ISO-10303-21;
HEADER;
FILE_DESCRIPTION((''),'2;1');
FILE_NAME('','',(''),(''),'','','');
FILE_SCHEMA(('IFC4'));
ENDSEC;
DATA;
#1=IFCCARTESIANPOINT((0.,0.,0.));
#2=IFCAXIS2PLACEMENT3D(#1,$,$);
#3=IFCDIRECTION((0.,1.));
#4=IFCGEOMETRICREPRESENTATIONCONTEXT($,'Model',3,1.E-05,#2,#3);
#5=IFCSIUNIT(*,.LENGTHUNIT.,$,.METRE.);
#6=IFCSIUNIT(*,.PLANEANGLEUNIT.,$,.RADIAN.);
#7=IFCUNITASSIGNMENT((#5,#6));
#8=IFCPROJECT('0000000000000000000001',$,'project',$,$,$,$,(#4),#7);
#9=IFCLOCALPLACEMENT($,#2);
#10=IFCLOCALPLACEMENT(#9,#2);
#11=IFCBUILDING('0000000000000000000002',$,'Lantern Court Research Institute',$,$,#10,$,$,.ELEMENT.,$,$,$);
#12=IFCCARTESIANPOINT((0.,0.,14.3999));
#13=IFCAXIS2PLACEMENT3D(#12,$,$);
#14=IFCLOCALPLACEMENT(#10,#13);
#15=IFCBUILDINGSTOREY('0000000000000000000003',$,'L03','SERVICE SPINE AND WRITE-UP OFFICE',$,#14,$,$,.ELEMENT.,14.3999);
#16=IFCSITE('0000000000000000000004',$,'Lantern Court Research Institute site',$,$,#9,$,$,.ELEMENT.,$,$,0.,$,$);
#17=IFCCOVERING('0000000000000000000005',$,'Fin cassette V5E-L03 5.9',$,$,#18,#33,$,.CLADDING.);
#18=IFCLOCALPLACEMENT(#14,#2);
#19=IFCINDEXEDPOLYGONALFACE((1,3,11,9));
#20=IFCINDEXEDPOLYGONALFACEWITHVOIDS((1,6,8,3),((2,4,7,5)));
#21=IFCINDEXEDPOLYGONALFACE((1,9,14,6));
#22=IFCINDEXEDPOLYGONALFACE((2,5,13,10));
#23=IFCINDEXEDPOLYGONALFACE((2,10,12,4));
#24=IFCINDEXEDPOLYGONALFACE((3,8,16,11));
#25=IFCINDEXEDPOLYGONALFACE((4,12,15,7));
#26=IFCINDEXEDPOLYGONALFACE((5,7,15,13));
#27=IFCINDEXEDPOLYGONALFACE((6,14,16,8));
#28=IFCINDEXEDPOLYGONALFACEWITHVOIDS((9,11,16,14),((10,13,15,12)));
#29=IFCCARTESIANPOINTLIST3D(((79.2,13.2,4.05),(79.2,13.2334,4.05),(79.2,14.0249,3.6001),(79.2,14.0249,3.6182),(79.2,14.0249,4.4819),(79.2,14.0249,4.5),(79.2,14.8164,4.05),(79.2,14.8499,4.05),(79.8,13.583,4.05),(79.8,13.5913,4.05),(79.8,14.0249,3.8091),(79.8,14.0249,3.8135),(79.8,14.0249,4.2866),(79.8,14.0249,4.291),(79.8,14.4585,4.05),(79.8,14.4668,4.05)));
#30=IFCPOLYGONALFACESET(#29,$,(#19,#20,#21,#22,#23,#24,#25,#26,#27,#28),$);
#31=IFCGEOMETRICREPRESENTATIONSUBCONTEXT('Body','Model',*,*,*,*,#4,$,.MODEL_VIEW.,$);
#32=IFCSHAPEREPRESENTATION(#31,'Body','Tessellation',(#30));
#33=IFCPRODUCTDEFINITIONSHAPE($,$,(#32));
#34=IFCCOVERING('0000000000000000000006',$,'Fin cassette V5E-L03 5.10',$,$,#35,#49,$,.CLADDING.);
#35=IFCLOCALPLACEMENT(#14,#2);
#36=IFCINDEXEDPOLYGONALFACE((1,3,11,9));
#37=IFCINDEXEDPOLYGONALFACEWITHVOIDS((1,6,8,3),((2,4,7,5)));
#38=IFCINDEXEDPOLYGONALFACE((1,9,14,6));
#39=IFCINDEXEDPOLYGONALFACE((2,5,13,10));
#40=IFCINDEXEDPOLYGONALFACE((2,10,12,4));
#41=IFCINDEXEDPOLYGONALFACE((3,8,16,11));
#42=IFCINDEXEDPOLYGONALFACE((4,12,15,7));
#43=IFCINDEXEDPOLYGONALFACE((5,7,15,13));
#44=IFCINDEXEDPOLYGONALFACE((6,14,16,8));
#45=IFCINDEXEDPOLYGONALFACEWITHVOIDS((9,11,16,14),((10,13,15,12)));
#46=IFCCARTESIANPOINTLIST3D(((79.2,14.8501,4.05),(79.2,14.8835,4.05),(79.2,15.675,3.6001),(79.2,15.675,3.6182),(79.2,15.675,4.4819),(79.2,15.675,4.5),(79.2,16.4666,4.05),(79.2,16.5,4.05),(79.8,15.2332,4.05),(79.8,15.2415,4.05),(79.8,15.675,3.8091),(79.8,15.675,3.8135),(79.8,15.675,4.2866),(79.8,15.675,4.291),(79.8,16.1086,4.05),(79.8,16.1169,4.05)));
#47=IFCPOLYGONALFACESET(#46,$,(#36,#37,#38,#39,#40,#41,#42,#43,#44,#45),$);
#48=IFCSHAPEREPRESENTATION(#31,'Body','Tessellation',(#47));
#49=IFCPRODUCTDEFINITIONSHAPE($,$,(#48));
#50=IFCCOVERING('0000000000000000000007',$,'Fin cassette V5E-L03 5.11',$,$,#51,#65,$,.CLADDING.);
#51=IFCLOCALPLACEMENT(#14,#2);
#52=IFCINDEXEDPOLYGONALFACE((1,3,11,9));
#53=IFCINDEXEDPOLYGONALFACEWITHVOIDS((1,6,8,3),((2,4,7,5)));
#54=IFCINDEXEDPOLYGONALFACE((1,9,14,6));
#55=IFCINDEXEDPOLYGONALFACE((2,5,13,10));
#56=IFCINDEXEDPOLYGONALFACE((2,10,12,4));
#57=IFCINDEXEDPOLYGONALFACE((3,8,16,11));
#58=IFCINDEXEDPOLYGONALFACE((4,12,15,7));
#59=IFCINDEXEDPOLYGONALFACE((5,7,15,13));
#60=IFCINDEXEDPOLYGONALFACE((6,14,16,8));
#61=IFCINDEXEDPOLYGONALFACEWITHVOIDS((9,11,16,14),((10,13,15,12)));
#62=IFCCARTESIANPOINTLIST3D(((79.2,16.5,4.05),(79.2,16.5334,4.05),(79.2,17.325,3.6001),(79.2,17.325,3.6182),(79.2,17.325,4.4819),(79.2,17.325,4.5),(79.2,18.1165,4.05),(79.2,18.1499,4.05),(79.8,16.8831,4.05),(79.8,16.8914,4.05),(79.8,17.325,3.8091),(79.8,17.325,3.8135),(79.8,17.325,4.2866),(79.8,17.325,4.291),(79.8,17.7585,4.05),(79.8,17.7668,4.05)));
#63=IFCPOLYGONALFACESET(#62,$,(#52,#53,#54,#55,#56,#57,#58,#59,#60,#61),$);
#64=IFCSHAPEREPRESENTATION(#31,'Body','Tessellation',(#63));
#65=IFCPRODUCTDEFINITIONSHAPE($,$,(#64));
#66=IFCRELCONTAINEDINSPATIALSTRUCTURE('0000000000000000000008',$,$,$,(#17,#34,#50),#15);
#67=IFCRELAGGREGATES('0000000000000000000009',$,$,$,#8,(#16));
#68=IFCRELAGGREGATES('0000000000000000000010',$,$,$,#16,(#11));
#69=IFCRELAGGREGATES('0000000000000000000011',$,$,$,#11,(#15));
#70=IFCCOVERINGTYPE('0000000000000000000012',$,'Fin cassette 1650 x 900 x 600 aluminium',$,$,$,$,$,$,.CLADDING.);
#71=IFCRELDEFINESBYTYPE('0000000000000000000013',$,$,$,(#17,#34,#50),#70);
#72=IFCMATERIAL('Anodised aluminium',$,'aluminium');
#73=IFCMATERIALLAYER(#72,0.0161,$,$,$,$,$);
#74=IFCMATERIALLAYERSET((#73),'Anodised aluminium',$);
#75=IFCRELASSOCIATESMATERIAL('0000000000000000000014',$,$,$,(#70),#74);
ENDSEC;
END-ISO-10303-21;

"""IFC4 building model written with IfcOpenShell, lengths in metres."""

from ifc_helpers import new_model, entity, si_unit, direction, frame, origin, place, context, subcontext, project, spatial, material, layer, layer_set, type_object, element, save


model = new_model("IFC4")

# Units and contexts
model_context = context("Model", 3, precision=1e-05, world=origin(), true_north=direction((0.0, 1.0)))
body_context = subcontext(model_context, "Body", "Model", "MODEL_VIEW")
ifc_project = project(units=[si_unit("LENGTHUNIT", "METRE"), si_unit("PLANEANGLEUNIT", "RADIAN")], contexts=[model_context])

# Site, building, storey
site_placement = place(None, origin())
site = spatial("IfcSite", under=ifc_project, at=site_placement, Name="Lantern Court Research Institute site", CompositionType="ELEMENT", RefElevation=0.0)
building_placement = place(site_placement, origin())
building = spatial("IfcBuilding", under=site, at=building_placement, Name="Lantern Court Research Institute", CompositionType="ELEMENT")
storey_placement = place(building_placement, frame((0.0, 0.0, 14.3999)))
storey = spatial("IfcBuildingStorey", under=building, at=storey_placement, Name="L03", Description="SERVICE SPINE AND WRITE-UP OFFICE", CompositionType="ELEMENT", Elevation=14.3999)

# Coverings
ifc_material_1 = material(Name="Anodised aluminium", Category="aluminium")
ifc_layer_1 = layer(ifc_material_1, 0.0161)
ifc_layer_set_1 = layer_set([ifc_layer_1], Name="Anodised aluminium")
covering_type = type_object("IfcCoveringType", Name="Fin cassette 1650 x 900 x 600 aluminium", PredefinedType="CLADDING", material=ifc_layer_set_1)
covering_1_placement = place(storey_placement, frame((79.2, 14.0249, 4.05), z_axis=(1.0, 0.0, 0.0), x_axis=(0.0, 1.0, 0.0)))
cartesian_point_1 = entity("IfcCartesianPoint", [0.825, 0.0])
cartesian_point_2 = entity("IfcCartesianPoint", [0.7915, 0.0])
cartesian_point_3 = entity("IfcCartesianPoint", [0.4419, 0.0])
cartesian_point_4 = entity("IfcCartesianPoint", [0.4336, 0.0])
element("IfcCovering", 1, at=covering_1_placement, inside=storey, type_object=covering_type, Name="Fin cassette V5E-L03 5.9", PredefinedType="CLADDING", context=body_context, shape_type="SweptSolid", body=[
    entity("IfcExtrudedAreaSolidTapered", entity("IfcArbitraryProfileDefWithVoids", "AREA", None, entity("IfcPolyline", [cartesian_point_1, entity("IfcCartesianPoint", [0.0, 0.45]), entity("IfcCartesianPoint", [-0.825, 0.0]), entity("IfcCartesianPoint", [0.0, -0.45]), cartesian_point_1]), [entity("IfcPolyline", [cartesian_point_2, entity("IfcCartesianPoint", [0.0, 0.4319]), entity("IfcCartesianPoint", [-0.7915, 0.0]), entity("IfcCartesianPoint", [0.0, -0.4319]), cartesian_point_2])]), entity("IfcAxis2Placement3D", entity("IfcCartesianPoint", [0.0, 0.0, 0.0])), entity("IfcDirection", [0.0, 0.0, 1.0]), 0.6001, entity("IfcArbitraryProfileDefWithVoids", "AREA", None, entity("IfcPolyline", [cartesian_point_3, entity("IfcCartesianPoint", [0.0, 0.241]), entity("IfcCartesianPoint", [-0.4419, 0.0]), entity("IfcCartesianPoint", [0.0, -0.241]), cartesian_point_3]), [entity("IfcPolyline", [cartesian_point_4, entity("IfcCartesianPoint", [0.0, 0.2366]), entity("IfcCartesianPoint", [-0.4336, 0.0]), entity("IfcCartesianPoint", [0.0, -0.2366]), cartesian_point_4])])),
])
covering_2_placement = place(storey_placement, frame((79.2, 15.675, 4.05), z_axis=(1.0, 0.0, 0.0), x_axis=(0.0, 1.0, 0.0)))
cartesian_point_5 = entity("IfcCartesianPoint", [0.825, 0.0])
cartesian_point_6 = entity("IfcCartesianPoint", [0.7915, 0.0])
cartesian_point_7 = entity("IfcCartesianPoint", [0.4419, 0.0])
cartesian_point_8 = entity("IfcCartesianPoint", [0.4336, 0.0])
element("IfcCovering", 2, at=covering_2_placement, inside=storey, type_object=covering_type, Name="Fin cassette V5E-L03 5.10", PredefinedType="CLADDING", context=body_context, shape_type="SweptSolid", body=[
    entity("IfcExtrudedAreaSolidTapered", entity("IfcArbitraryProfileDefWithVoids", "AREA", None, entity("IfcPolyline", [cartesian_point_5, entity("IfcCartesianPoint", [0.0, 0.45]), entity("IfcCartesianPoint", [-0.825, 0.0]), entity("IfcCartesianPoint", [0.0, -0.45]), cartesian_point_5]), [entity("IfcPolyline", [cartesian_point_6, entity("IfcCartesianPoint", [0.0, 0.4319]), entity("IfcCartesianPoint", [-0.7915, 0.0]), entity("IfcCartesianPoint", [0.0, -0.4319]), cartesian_point_6])]), entity("IfcAxis2Placement3D", entity("IfcCartesianPoint", [0.0, 0.0, 0.0])), entity("IfcDirection", [0.0, 0.0, 1.0]), 0.6001, entity("IfcArbitraryProfileDefWithVoids", "AREA", None, entity("IfcPolyline", [cartesian_point_7, entity("IfcCartesianPoint", [0.0, 0.241]), entity("IfcCartesianPoint", [-0.4419, 0.0]), entity("IfcCartesianPoint", [0.0, -0.241]), cartesian_point_7]), [entity("IfcPolyline", [cartesian_point_8, entity("IfcCartesianPoint", [0.0, 0.2366]), entity("IfcCartesianPoint", [-0.4336, 0.0]), entity("IfcCartesianPoint", [0.0, -0.2366]), cartesian_point_8])])),
])
covering_3_placement = place(storey_placement, frame((79.2, 17.325, 4.05), z_axis=(1.0, 0.0, 0.0), x_axis=(0.0, 1.0, 0.0)))
cartesian_point_9 = entity("IfcCartesianPoint", [0.825, 0.0])
cartesian_point_10 = entity("IfcCartesianPoint", [0.7915, 0.0])
cartesian_point_11 = entity("IfcCartesianPoint", [0.4419, 0.0])
cartesian_point_12 = entity("IfcCartesianPoint", [0.4336, 0.0])
element("IfcCovering", 3, at=covering_3_placement, inside=storey, type_object=covering_type, Name="Fin cassette V5E-L03 5.11", PredefinedType="CLADDING", context=body_context, shape_type="SweptSolid", body=[
    entity("IfcExtrudedAreaSolidTapered", entity("IfcArbitraryProfileDefWithVoids", "AREA", None, entity("IfcPolyline", [cartesian_point_9, entity("IfcCartesianPoint", [0.0, 0.45]), entity("IfcCartesianPoint", [-0.825, 0.0]), entity("IfcCartesianPoint", [0.0, -0.45]), cartesian_point_9]), [entity("IfcPolyline", [cartesian_point_10, entity("IfcCartesianPoint", [0.0, 0.4319]), entity("IfcCartesianPoint", [-0.7915, 0.0]), entity("IfcCartesianPoint", [0.0, -0.4319]), cartesian_point_10])]), entity("IfcAxis2Placement3D", entity("IfcCartesianPoint", [0.0, 0.0, 0.0])), entity("IfcDirection", [0.0, 0.0, 1.0]), 0.6001, entity("IfcArbitraryProfileDefWithVoids", "AREA", None, entity("IfcPolyline", [cartesian_point_11, entity("IfcCartesianPoint", [0.0, 0.241]), entity("IfcCartesianPoint", [-0.4419, 0.0]), entity("IfcCartesianPoint", [0.0, -0.241]), cartesian_point_11]), [entity("IfcPolyline", [cartesian_point_12, entity("IfcCartesianPoint", [0.0, 0.2366]), entity("IfcCartesianPoint", [-0.4336, 0.0]), entity("IfcCartesianPoint", [0.0, -0.2366]), cartesian_point_12])])),
])

save(model, "model.ifc")
